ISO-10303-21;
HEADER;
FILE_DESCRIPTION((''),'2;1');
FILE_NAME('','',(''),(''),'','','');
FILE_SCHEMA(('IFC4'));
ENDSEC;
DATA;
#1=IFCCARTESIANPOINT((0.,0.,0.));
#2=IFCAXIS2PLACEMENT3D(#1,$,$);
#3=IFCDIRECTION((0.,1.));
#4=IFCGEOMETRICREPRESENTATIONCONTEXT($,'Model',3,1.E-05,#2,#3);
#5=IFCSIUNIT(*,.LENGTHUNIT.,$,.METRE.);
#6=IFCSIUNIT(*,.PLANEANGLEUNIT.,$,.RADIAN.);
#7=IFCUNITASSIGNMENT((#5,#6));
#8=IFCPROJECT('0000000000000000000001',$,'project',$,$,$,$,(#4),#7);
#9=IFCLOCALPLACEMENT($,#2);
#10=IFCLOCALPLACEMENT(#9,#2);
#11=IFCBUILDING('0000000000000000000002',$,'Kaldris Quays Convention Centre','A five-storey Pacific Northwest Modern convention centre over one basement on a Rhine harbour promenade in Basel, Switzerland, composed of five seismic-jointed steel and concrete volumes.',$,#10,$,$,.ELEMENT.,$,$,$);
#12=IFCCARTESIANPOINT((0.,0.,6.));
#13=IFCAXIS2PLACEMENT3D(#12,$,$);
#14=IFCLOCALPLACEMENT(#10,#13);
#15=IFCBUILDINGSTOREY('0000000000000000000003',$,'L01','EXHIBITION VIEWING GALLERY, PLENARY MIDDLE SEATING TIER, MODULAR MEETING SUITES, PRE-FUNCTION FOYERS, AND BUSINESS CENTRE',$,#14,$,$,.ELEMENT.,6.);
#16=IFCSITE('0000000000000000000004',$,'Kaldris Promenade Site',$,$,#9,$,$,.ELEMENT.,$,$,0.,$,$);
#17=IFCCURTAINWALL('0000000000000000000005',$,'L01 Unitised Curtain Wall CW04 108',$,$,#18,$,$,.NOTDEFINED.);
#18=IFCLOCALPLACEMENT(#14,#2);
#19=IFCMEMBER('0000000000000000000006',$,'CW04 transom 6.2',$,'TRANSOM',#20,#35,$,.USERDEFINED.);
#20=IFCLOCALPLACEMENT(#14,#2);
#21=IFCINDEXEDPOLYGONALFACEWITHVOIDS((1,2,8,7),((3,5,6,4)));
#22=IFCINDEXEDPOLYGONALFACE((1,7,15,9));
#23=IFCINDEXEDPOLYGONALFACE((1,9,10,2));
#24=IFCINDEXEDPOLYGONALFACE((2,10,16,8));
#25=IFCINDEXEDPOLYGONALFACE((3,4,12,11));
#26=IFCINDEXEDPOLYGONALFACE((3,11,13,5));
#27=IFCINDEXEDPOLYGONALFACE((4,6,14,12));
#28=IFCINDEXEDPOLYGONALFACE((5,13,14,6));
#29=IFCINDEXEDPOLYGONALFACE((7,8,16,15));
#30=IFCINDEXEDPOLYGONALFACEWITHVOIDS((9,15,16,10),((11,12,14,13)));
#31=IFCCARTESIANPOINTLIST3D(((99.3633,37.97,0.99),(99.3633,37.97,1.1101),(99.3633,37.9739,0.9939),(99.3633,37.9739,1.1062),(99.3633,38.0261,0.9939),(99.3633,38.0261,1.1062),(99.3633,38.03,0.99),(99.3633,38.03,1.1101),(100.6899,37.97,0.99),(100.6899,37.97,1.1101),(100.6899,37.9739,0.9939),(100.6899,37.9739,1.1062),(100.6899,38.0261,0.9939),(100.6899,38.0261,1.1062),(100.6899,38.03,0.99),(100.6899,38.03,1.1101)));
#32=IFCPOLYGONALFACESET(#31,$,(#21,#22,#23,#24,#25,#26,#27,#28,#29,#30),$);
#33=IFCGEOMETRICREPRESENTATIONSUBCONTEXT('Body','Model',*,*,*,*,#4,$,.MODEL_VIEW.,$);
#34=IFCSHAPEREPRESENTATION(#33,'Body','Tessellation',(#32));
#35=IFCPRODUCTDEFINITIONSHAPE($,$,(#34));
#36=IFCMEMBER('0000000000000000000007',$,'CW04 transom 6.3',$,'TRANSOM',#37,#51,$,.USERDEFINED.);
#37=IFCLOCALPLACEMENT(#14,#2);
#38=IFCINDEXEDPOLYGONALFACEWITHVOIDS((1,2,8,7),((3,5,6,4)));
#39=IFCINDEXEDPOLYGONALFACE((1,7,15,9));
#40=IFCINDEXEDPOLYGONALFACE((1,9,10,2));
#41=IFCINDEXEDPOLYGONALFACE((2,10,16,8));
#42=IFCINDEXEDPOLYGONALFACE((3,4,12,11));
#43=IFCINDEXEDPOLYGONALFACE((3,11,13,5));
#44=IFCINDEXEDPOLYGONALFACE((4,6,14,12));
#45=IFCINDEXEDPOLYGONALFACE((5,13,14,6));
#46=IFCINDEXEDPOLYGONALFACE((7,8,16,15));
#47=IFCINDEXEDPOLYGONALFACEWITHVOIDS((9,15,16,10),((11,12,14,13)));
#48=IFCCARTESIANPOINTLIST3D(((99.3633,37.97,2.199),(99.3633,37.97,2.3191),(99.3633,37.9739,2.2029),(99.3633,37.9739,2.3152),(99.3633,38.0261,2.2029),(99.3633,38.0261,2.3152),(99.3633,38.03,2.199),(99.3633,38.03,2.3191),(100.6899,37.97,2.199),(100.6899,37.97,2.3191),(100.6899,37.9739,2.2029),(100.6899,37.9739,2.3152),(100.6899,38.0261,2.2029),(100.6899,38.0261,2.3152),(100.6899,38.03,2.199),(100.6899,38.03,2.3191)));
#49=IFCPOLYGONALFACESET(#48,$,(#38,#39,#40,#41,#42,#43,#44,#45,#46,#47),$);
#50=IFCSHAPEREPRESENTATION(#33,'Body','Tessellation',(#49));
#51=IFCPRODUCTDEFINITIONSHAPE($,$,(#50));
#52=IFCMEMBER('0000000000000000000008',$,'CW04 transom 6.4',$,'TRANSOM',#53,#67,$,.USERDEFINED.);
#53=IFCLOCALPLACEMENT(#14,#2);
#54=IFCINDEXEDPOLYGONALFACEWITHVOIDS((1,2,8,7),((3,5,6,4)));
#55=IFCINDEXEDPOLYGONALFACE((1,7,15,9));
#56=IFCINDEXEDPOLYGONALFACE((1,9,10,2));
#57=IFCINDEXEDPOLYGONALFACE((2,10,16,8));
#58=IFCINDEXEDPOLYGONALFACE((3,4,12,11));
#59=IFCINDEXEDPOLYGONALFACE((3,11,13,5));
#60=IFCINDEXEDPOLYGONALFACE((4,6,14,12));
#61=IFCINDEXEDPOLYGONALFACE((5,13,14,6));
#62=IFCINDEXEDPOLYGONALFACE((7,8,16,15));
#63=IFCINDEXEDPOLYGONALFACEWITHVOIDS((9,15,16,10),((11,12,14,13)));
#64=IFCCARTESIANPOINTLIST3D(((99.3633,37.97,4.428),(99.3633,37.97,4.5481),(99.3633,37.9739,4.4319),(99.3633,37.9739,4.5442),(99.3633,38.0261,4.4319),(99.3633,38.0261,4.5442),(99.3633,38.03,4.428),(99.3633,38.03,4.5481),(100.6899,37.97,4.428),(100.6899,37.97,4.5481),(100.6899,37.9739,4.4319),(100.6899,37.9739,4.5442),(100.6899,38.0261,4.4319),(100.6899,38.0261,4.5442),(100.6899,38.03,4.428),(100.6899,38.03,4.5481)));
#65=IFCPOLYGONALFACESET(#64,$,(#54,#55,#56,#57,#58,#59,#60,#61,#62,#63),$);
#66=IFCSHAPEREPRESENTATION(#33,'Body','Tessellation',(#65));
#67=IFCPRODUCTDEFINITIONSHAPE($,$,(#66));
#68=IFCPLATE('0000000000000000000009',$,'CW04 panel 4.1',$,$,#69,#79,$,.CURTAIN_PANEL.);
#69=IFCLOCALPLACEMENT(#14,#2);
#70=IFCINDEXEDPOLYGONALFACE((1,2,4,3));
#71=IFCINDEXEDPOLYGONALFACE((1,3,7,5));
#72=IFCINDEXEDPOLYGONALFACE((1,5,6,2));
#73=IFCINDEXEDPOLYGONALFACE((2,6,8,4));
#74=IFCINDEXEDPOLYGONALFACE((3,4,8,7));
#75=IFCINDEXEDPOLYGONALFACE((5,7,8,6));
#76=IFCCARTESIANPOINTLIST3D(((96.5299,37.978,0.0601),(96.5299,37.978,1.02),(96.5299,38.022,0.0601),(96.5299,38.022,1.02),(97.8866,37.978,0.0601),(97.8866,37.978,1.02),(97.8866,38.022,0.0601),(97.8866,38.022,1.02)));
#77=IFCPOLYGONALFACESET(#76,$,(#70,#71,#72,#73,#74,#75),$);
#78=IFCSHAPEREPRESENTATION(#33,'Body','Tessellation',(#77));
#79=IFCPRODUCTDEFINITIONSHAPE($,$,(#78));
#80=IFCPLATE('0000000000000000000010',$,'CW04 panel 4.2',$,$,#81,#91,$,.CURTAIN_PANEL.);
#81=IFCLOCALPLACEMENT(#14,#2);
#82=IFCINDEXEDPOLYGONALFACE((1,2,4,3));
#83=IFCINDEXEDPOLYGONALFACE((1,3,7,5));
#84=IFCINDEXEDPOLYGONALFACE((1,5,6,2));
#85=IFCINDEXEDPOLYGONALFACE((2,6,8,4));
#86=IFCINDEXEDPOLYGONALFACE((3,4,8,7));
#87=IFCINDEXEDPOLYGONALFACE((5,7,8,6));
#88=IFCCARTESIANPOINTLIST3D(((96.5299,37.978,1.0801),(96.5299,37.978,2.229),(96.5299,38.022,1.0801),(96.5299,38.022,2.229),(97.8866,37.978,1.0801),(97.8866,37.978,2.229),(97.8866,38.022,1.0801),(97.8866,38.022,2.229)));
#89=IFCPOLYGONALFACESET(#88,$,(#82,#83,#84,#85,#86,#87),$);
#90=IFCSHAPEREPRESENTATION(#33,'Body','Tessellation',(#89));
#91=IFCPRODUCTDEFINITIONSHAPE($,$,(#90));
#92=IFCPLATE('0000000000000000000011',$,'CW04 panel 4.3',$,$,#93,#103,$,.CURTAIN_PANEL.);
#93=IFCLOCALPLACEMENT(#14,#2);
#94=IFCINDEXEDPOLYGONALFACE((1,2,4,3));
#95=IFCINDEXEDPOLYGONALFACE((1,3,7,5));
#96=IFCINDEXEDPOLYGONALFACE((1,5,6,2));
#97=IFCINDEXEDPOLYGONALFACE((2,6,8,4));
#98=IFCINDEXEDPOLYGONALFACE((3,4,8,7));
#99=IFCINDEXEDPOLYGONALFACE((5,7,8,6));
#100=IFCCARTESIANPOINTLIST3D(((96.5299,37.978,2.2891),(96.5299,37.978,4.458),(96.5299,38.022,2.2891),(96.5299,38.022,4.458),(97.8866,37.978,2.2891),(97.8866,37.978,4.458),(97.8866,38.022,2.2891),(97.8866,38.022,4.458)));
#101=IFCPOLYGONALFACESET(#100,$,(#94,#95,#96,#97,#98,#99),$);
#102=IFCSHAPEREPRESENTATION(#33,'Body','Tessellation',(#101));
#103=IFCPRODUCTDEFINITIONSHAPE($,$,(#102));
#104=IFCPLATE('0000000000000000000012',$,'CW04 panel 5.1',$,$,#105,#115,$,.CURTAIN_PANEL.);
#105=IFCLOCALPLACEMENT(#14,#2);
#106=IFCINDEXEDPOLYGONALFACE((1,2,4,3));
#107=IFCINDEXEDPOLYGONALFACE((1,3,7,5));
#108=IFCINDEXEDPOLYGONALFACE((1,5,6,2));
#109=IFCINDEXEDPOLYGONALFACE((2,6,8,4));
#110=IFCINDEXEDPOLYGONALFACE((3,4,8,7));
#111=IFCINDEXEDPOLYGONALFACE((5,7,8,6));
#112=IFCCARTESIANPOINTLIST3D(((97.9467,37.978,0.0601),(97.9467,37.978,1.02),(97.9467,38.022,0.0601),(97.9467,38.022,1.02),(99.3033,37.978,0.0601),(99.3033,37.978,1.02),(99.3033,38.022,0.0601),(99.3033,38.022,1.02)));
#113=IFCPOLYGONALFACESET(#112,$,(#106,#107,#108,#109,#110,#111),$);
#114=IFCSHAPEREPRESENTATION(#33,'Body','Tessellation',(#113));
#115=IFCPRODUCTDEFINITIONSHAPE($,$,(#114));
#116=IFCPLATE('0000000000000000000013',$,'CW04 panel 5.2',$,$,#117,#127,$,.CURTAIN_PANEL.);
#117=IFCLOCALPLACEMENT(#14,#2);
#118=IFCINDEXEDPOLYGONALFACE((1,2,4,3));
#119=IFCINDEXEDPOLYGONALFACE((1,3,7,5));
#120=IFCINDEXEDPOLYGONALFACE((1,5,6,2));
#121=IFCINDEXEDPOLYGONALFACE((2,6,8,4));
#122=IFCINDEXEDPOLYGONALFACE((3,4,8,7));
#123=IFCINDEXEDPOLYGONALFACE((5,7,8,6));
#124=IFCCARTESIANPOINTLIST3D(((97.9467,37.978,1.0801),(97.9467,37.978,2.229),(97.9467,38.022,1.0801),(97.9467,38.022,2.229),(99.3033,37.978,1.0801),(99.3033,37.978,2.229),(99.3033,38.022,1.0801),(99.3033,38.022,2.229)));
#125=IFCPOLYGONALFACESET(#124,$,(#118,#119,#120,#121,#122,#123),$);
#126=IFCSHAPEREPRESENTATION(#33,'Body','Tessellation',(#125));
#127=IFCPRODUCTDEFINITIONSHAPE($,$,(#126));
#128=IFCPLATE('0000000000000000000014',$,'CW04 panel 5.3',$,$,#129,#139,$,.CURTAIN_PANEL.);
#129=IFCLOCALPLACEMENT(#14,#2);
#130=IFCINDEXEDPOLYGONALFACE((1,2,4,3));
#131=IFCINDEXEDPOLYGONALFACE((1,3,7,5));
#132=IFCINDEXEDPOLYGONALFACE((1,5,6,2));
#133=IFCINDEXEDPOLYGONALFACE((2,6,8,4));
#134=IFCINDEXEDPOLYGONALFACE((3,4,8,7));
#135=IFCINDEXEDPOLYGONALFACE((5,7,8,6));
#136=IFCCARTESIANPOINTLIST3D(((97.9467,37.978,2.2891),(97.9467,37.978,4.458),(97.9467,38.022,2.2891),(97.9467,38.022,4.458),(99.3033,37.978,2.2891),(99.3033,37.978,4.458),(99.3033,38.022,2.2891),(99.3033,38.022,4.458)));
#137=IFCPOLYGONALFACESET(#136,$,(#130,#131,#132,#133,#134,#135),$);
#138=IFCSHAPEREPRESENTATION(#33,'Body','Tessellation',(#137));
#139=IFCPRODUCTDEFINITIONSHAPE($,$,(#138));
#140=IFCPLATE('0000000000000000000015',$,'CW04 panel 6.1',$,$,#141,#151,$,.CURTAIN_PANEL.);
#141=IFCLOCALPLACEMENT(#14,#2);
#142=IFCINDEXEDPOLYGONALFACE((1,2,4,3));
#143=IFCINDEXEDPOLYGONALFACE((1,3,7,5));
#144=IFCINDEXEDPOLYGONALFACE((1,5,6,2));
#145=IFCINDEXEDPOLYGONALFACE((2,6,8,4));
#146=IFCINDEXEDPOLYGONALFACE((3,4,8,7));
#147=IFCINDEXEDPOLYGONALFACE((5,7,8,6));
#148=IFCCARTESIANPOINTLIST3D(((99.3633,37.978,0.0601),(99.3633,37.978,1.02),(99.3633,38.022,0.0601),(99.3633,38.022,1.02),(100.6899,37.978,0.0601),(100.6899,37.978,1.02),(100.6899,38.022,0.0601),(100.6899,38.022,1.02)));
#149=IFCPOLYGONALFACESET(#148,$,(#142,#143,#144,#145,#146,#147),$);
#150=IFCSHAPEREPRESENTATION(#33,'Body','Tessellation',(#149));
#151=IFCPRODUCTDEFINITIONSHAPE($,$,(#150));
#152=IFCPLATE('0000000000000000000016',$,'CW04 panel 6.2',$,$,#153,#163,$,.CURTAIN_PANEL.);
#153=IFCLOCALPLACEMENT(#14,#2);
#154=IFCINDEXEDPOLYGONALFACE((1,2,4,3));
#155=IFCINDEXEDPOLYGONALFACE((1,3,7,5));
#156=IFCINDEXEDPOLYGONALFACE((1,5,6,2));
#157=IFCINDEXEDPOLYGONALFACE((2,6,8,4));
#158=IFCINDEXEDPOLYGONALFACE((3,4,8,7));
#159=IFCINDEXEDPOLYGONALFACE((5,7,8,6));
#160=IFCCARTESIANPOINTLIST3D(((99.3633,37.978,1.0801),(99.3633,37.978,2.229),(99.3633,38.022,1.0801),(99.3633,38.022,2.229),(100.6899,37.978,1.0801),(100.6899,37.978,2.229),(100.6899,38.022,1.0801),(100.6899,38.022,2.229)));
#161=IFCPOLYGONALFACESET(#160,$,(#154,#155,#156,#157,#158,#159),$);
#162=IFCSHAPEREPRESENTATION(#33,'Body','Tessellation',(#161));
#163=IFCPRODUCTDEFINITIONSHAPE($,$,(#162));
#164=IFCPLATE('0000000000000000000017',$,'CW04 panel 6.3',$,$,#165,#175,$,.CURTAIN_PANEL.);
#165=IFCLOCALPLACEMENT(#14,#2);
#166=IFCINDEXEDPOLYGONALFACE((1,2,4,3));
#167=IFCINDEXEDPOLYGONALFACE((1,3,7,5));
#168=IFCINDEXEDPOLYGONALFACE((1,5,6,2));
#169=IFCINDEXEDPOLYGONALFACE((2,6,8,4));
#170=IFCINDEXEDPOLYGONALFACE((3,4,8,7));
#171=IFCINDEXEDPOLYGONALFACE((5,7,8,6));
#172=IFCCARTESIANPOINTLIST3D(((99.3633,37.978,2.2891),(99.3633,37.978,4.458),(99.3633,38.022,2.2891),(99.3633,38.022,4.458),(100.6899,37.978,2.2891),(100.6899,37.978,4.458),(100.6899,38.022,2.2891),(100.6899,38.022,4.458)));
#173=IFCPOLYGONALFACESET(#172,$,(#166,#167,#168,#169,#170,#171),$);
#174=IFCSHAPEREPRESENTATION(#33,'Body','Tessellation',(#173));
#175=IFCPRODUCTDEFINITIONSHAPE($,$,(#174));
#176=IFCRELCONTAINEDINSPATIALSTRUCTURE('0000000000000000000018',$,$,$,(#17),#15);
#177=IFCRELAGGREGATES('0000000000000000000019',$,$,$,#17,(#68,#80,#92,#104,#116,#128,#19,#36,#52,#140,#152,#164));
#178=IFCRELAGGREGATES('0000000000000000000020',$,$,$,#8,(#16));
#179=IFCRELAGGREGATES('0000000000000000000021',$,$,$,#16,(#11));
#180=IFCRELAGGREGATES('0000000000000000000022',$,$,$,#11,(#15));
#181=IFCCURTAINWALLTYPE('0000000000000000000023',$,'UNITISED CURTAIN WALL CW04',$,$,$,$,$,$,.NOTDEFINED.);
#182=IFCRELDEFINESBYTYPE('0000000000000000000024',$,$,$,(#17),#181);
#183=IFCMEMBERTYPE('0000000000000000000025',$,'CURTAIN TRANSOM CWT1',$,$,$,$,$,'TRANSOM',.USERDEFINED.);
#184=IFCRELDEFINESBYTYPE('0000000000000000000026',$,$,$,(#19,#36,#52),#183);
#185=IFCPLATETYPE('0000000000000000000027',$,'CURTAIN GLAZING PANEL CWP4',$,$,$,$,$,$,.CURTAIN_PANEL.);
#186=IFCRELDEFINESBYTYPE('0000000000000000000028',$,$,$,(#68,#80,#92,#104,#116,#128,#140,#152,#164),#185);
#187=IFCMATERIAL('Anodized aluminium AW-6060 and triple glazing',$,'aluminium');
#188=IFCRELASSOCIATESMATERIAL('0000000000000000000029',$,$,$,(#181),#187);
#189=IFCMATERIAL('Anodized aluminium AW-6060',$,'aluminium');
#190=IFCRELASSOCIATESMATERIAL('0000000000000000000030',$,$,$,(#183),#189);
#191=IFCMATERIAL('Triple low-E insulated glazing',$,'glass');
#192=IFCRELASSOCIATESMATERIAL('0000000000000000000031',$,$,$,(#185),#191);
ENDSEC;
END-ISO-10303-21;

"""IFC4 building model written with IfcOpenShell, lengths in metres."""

from ifc_helpers import new_model, si_unit, direction, frame, origin, origin_2d, place, context, subcontext, project, spatial, rectangle, hollow_rectangle, extrude, material, material_profile, profile_set, type_object, element, aggregate, save


model = new_model("IFC4")

# Units and contexts
model_context = context("Model", 3, precision=1e-05, world=origin(), true_north=direction((0.0, 1.0)))
body_context = subcontext(model_context, "Body", "Model", "MODEL_VIEW")
ifc_project = project(units=[si_unit("LENGTHUNIT", "METRE"), si_unit("PLANEANGLEUNIT", "RADIAN")], contexts=[model_context])

# Site, building, storey
site_placement = place(None, origin())
site = spatial("IfcSite", under=ifc_project, at=site_placement, Name="Kaldris Promenade Site", CompositionType="ELEMENT", RefElevation=0.0)
building_placement = place(site_placement, origin())
building = spatial("IfcBuilding", under=site, at=building_placement, Name="Kaldris Quays Convention Centre", Description="A five-storey Pacific Northwest Modern convention centre over one basement on a Rhine harbour promenade in Basel, Switzerland, composed of five seismic-jointed steel and concrete volumes.", CompositionType="ELEMENT")
storey_placement = place(building_placement, frame((0.0, 0.0, 6.0)))
storey = spatial("IfcBuildingStorey", under=building, at=storey_placement, Name="L01", Description="EXHIBITION VIEWING GALLERY, PLENARY MIDDLE SEATING TIER, MODULAR MEETING SUITES, PRE-FUNCTION FOYERS, AND BUSINESS CENTRE", CompositionType="ELEMENT", Elevation=6.0)

# Curtain wall, members, plates
ifc_material_1 = material(Name="Anodized aluminium AW-6060 and triple glazing", Category="aluminium")
curtain_wall_type = type_object("IfcCurtainWallType", Name="UNITISED CURTAIN WALL CW04", PredefinedType="NOTDEFINED", material=ifc_material_1)
curtain_wall_placement = place(storey_placement, origin())
curtain_wall = element("IfcCurtainWall", 1, at=curtain_wall_placement, inside=storey, type_object=curtain_wall_type, Name="L01 Unitised Curtain Wall CW04 108", PredefinedType="NOTDEFINED")
ifc_material_2 = material(Name="Anodized aluminium AW-6060", Category="aluminium")
ifc_material_profile_1 = material_profile(ifc_material_2, hollow_rectangle(XDim=0.0601, YDim=0.1201, WallThickness=0.0039, at=origin_2d()), Name="RHS 120x60x4")
ifc_profile_set_1 = profile_set([ifc_material_profile_1], Name="Anodized aluminium AW-6060")
member_type_1 = type_object("IfcMemberType", Name="CURTAIN TRANSOM CWT1", ElementType="TRANSOM", PredefinedType="USERDEFINED", material=ifc_profile_set_1)
member_1_placement = place(storey_placement, frame((99.3633, 38.0, 1.05), z_axis=(1.0, 0.0, 0.0), x_axis=(0.0, 1.0, 0.0)))
member_1 = element("IfcMember", 2, at=member_1_placement, type_object=member_type_1, Name="CW04 transom 6.2", ObjectType="TRANSOM", PredefinedType="USERDEFINED", context=body_context, shape_type="SweptSolid", body=[
    extrude(hollow_rectangle(XDim=0.0601, YDim=0.1201, WallThickness=0.0039, at=origin_2d()), origin(), (0.0, 0.0, 1.0), 1.3267),
])
member_2_placement = place(storey_placement, frame((99.3633, 38.0, 2.259), z_axis=(1.0, 0.0, 0.0), x_axis=(0.0, 1.0, 0.0)))
member_2 = element("IfcMember", 3, at=member_2_placement, type_object=member_type_1, Name="CW04 transom 6.3", ObjectType="TRANSOM", PredefinedType="USERDEFINED", context=body_context, shape_type="SweptSolid", body=[
    extrude(hollow_rectangle(XDim=0.0601, YDim=0.1201, WallThickness=0.0039, at=origin_2d()), origin(), (0.0, 0.0, 1.0), 1.3267),
])
member_3_placement = place(storey_placement, frame((99.3633, 38.0, 4.488), z_axis=(1.0, 0.0, 0.0), x_axis=(0.0, 1.0, 0.0)))
member_3 = element("IfcMember", 4, at=member_3_placement, type_object=member_type_1, Name="CW04 transom 6.4", ObjectType="TRANSOM", PredefinedType="USERDEFINED", context=body_context, shape_type="SweptSolid", body=[
    extrude(hollow_rectangle(XDim=0.0601, YDim=0.1201, WallThickness=0.0039, at=origin_2d()), origin(), (0.0, 0.0, 1.0), 1.3267),
])
ifc_material_3 = material(Name="Triple low-E insulated glazing", Category="glass")
plate_type = type_object("IfcPlateType", Name="CURTAIN GLAZING PANEL CWP4", PredefinedType="CURTAIN_PANEL", material=ifc_material_3)
plate_1_placement = place(storey_placement, frame((97.2083, 38.0, 0.0601), z_axis=(0.0, 0.0, 1.0), x_axis=(1.0, 0.0, 0.0)))
plate_1 = element("IfcPlate", 5, at=plate_1_placement, type_object=plate_type, Name="CW04 panel 4.1", PredefinedType="CURTAIN_PANEL", context=body_context, shape_type="SweptSolid", body=[
    extrude(rectangle(XDim=1.3567, YDim=0.0439, at=origin_2d()), origin(), (0.0, 0.0, 1.0), 0.96),
])
plate_2_placement = place(storey_placement, frame((97.2083, 38.0, 1.0801), z_axis=(0.0, 0.0, 1.0), x_axis=(1.0, 0.0, 0.0)))
plate_2 = element("IfcPlate", 6, at=plate_2_placement, type_object=plate_type, Name="CW04 panel 4.2", PredefinedType="CURTAIN_PANEL", context=body_context, shape_type="SweptSolid", body=[
    extrude(rectangle(XDim=1.3567, YDim=0.0439, at=origin_2d()), origin(), (0.0, 0.0, 1.0), 1.1489),
])
plate_3_placement = place(storey_placement, frame((97.2083, 38.0, 2.2891), z_axis=(0.0, 0.0, 1.0), x_axis=(1.0, 0.0, 0.0)))
plate_3 = element("IfcPlate", 7, at=plate_3_placement, type_object=plate_type, Name="CW04 panel 4.3", PredefinedType="CURTAIN_PANEL", context=body_context, shape_type="SweptSolid", body=[
    extrude(rectangle(XDim=1.3567, YDim=0.0439, at=origin_2d()), origin(), (0.0, 0.0, 1.0), 2.1689),
])
plate_4_placement = place(storey_placement, frame((98.625, 38.0, 0.0601), z_axis=(0.0, 0.0, 1.0), x_axis=(1.0, 0.0, 0.0)))
plate_4 = element("IfcPlate", 8, at=plate_4_placement, type_object=plate_type, Name="CW04 panel 5.1", PredefinedType="CURTAIN_PANEL", context=body_context, shape_type="SweptSolid", body=[
    extrude(rectangle(XDim=1.3567, YDim=0.0439, at=origin_2d()), origin(), (0.0, 0.0, 1.0), 0.96),
])
plate_5_placement = place(storey_placement, frame((98.625, 38.0, 1.0801), z_axis=(0.0, 0.0, 1.0), x_axis=(1.0, 0.0, 0.0)))
plate_5 = element("IfcPlate", 9, at=plate_5_placement, type_object=plate_type, Name="CW04 panel 5.2", PredefinedType="CURTAIN_PANEL", context=body_context, shape_type="SweptSolid", body=[
    extrude(rectangle(XDim=1.3567, YDim=0.0439, at=origin_2d()), origin(), (0.0, 0.0, 1.0), 1.1489),
])
plate_6_placement = place(storey_placement, frame((98.625, 38.0, 2.2891), z_axis=(0.0, 0.0, 1.0), x_axis=(1.0, 0.0, 0.0)))
plate_6 = element("IfcPlate", 10, at=plate_6_placement, type_object=plate_type, Name="CW04 panel 5.3", PredefinedType="CURTAIN_PANEL", context=body_context, shape_type="SweptSolid", body=[
    extrude(rectangle(XDim=1.3567, YDim=0.0439, at=origin_2d()), origin(), (0.0, 0.0, 1.0), 2.1689),
])
plate_7_placement = place(storey_placement, frame((100.0266, 38.0, 0.0601), z_axis=(0.0, 0.0, 1.0), x_axis=(1.0, 0.0, 0.0)))
plate_7 = element("IfcPlate", 11, at=plate_7_placement, type_object=plate_type, Name="CW04 panel 6.1", PredefinedType="CURTAIN_PANEL", context=body_context, shape_type="SweptSolid", body=[
    extrude(rectangle(XDim=1.3267, YDim=0.0439, at=origin_2d()), origin(), (0.0, 0.0, 1.0), 0.96),
])
plate_8_placement = place(storey_placement, frame((100.0266, 38.0, 1.0801), z_axis=(0.0, 0.0, 1.0), x_axis=(1.0, 0.0, 0.0)))
plate_8 = element("IfcPlate", 12, at=plate_8_placement, type_object=plate_type, Name="CW04 panel 6.2", PredefinedType="CURTAIN_PANEL", context=body_context, shape_type="SweptSolid", body=[
    extrude(rectangle(XDim=1.3267, YDim=0.0439, at=origin_2d()), origin(), (0.0, 0.0, 1.0), 1.1489),
])
plate_9_placement = place(storey_placement, frame((100.0266, 38.0, 2.2891), z_axis=(0.0, 0.0, 1.0), x_axis=(1.0, 0.0, 0.0)))
plate_9 = element("IfcPlate", 13, at=plate_9_placement, type_object=plate_type, Name="CW04 panel 6.3", PredefinedType="CURTAIN_PANEL", context=body_context, shape_type="SweptSolid", body=[
    extrude(rectangle(XDim=1.3267, YDim=0.0439, at=origin_2d()), origin(), (0.0, 0.0, 1.0), 2.1689),
])
aggregate(curtain_wall, [plate_1, plate_2, plate_3, plate_4, plate_5, plate_6, member_1, member_2, member_3, plate_7, plate_8, plate_9])

save(model, "model.ifc")
